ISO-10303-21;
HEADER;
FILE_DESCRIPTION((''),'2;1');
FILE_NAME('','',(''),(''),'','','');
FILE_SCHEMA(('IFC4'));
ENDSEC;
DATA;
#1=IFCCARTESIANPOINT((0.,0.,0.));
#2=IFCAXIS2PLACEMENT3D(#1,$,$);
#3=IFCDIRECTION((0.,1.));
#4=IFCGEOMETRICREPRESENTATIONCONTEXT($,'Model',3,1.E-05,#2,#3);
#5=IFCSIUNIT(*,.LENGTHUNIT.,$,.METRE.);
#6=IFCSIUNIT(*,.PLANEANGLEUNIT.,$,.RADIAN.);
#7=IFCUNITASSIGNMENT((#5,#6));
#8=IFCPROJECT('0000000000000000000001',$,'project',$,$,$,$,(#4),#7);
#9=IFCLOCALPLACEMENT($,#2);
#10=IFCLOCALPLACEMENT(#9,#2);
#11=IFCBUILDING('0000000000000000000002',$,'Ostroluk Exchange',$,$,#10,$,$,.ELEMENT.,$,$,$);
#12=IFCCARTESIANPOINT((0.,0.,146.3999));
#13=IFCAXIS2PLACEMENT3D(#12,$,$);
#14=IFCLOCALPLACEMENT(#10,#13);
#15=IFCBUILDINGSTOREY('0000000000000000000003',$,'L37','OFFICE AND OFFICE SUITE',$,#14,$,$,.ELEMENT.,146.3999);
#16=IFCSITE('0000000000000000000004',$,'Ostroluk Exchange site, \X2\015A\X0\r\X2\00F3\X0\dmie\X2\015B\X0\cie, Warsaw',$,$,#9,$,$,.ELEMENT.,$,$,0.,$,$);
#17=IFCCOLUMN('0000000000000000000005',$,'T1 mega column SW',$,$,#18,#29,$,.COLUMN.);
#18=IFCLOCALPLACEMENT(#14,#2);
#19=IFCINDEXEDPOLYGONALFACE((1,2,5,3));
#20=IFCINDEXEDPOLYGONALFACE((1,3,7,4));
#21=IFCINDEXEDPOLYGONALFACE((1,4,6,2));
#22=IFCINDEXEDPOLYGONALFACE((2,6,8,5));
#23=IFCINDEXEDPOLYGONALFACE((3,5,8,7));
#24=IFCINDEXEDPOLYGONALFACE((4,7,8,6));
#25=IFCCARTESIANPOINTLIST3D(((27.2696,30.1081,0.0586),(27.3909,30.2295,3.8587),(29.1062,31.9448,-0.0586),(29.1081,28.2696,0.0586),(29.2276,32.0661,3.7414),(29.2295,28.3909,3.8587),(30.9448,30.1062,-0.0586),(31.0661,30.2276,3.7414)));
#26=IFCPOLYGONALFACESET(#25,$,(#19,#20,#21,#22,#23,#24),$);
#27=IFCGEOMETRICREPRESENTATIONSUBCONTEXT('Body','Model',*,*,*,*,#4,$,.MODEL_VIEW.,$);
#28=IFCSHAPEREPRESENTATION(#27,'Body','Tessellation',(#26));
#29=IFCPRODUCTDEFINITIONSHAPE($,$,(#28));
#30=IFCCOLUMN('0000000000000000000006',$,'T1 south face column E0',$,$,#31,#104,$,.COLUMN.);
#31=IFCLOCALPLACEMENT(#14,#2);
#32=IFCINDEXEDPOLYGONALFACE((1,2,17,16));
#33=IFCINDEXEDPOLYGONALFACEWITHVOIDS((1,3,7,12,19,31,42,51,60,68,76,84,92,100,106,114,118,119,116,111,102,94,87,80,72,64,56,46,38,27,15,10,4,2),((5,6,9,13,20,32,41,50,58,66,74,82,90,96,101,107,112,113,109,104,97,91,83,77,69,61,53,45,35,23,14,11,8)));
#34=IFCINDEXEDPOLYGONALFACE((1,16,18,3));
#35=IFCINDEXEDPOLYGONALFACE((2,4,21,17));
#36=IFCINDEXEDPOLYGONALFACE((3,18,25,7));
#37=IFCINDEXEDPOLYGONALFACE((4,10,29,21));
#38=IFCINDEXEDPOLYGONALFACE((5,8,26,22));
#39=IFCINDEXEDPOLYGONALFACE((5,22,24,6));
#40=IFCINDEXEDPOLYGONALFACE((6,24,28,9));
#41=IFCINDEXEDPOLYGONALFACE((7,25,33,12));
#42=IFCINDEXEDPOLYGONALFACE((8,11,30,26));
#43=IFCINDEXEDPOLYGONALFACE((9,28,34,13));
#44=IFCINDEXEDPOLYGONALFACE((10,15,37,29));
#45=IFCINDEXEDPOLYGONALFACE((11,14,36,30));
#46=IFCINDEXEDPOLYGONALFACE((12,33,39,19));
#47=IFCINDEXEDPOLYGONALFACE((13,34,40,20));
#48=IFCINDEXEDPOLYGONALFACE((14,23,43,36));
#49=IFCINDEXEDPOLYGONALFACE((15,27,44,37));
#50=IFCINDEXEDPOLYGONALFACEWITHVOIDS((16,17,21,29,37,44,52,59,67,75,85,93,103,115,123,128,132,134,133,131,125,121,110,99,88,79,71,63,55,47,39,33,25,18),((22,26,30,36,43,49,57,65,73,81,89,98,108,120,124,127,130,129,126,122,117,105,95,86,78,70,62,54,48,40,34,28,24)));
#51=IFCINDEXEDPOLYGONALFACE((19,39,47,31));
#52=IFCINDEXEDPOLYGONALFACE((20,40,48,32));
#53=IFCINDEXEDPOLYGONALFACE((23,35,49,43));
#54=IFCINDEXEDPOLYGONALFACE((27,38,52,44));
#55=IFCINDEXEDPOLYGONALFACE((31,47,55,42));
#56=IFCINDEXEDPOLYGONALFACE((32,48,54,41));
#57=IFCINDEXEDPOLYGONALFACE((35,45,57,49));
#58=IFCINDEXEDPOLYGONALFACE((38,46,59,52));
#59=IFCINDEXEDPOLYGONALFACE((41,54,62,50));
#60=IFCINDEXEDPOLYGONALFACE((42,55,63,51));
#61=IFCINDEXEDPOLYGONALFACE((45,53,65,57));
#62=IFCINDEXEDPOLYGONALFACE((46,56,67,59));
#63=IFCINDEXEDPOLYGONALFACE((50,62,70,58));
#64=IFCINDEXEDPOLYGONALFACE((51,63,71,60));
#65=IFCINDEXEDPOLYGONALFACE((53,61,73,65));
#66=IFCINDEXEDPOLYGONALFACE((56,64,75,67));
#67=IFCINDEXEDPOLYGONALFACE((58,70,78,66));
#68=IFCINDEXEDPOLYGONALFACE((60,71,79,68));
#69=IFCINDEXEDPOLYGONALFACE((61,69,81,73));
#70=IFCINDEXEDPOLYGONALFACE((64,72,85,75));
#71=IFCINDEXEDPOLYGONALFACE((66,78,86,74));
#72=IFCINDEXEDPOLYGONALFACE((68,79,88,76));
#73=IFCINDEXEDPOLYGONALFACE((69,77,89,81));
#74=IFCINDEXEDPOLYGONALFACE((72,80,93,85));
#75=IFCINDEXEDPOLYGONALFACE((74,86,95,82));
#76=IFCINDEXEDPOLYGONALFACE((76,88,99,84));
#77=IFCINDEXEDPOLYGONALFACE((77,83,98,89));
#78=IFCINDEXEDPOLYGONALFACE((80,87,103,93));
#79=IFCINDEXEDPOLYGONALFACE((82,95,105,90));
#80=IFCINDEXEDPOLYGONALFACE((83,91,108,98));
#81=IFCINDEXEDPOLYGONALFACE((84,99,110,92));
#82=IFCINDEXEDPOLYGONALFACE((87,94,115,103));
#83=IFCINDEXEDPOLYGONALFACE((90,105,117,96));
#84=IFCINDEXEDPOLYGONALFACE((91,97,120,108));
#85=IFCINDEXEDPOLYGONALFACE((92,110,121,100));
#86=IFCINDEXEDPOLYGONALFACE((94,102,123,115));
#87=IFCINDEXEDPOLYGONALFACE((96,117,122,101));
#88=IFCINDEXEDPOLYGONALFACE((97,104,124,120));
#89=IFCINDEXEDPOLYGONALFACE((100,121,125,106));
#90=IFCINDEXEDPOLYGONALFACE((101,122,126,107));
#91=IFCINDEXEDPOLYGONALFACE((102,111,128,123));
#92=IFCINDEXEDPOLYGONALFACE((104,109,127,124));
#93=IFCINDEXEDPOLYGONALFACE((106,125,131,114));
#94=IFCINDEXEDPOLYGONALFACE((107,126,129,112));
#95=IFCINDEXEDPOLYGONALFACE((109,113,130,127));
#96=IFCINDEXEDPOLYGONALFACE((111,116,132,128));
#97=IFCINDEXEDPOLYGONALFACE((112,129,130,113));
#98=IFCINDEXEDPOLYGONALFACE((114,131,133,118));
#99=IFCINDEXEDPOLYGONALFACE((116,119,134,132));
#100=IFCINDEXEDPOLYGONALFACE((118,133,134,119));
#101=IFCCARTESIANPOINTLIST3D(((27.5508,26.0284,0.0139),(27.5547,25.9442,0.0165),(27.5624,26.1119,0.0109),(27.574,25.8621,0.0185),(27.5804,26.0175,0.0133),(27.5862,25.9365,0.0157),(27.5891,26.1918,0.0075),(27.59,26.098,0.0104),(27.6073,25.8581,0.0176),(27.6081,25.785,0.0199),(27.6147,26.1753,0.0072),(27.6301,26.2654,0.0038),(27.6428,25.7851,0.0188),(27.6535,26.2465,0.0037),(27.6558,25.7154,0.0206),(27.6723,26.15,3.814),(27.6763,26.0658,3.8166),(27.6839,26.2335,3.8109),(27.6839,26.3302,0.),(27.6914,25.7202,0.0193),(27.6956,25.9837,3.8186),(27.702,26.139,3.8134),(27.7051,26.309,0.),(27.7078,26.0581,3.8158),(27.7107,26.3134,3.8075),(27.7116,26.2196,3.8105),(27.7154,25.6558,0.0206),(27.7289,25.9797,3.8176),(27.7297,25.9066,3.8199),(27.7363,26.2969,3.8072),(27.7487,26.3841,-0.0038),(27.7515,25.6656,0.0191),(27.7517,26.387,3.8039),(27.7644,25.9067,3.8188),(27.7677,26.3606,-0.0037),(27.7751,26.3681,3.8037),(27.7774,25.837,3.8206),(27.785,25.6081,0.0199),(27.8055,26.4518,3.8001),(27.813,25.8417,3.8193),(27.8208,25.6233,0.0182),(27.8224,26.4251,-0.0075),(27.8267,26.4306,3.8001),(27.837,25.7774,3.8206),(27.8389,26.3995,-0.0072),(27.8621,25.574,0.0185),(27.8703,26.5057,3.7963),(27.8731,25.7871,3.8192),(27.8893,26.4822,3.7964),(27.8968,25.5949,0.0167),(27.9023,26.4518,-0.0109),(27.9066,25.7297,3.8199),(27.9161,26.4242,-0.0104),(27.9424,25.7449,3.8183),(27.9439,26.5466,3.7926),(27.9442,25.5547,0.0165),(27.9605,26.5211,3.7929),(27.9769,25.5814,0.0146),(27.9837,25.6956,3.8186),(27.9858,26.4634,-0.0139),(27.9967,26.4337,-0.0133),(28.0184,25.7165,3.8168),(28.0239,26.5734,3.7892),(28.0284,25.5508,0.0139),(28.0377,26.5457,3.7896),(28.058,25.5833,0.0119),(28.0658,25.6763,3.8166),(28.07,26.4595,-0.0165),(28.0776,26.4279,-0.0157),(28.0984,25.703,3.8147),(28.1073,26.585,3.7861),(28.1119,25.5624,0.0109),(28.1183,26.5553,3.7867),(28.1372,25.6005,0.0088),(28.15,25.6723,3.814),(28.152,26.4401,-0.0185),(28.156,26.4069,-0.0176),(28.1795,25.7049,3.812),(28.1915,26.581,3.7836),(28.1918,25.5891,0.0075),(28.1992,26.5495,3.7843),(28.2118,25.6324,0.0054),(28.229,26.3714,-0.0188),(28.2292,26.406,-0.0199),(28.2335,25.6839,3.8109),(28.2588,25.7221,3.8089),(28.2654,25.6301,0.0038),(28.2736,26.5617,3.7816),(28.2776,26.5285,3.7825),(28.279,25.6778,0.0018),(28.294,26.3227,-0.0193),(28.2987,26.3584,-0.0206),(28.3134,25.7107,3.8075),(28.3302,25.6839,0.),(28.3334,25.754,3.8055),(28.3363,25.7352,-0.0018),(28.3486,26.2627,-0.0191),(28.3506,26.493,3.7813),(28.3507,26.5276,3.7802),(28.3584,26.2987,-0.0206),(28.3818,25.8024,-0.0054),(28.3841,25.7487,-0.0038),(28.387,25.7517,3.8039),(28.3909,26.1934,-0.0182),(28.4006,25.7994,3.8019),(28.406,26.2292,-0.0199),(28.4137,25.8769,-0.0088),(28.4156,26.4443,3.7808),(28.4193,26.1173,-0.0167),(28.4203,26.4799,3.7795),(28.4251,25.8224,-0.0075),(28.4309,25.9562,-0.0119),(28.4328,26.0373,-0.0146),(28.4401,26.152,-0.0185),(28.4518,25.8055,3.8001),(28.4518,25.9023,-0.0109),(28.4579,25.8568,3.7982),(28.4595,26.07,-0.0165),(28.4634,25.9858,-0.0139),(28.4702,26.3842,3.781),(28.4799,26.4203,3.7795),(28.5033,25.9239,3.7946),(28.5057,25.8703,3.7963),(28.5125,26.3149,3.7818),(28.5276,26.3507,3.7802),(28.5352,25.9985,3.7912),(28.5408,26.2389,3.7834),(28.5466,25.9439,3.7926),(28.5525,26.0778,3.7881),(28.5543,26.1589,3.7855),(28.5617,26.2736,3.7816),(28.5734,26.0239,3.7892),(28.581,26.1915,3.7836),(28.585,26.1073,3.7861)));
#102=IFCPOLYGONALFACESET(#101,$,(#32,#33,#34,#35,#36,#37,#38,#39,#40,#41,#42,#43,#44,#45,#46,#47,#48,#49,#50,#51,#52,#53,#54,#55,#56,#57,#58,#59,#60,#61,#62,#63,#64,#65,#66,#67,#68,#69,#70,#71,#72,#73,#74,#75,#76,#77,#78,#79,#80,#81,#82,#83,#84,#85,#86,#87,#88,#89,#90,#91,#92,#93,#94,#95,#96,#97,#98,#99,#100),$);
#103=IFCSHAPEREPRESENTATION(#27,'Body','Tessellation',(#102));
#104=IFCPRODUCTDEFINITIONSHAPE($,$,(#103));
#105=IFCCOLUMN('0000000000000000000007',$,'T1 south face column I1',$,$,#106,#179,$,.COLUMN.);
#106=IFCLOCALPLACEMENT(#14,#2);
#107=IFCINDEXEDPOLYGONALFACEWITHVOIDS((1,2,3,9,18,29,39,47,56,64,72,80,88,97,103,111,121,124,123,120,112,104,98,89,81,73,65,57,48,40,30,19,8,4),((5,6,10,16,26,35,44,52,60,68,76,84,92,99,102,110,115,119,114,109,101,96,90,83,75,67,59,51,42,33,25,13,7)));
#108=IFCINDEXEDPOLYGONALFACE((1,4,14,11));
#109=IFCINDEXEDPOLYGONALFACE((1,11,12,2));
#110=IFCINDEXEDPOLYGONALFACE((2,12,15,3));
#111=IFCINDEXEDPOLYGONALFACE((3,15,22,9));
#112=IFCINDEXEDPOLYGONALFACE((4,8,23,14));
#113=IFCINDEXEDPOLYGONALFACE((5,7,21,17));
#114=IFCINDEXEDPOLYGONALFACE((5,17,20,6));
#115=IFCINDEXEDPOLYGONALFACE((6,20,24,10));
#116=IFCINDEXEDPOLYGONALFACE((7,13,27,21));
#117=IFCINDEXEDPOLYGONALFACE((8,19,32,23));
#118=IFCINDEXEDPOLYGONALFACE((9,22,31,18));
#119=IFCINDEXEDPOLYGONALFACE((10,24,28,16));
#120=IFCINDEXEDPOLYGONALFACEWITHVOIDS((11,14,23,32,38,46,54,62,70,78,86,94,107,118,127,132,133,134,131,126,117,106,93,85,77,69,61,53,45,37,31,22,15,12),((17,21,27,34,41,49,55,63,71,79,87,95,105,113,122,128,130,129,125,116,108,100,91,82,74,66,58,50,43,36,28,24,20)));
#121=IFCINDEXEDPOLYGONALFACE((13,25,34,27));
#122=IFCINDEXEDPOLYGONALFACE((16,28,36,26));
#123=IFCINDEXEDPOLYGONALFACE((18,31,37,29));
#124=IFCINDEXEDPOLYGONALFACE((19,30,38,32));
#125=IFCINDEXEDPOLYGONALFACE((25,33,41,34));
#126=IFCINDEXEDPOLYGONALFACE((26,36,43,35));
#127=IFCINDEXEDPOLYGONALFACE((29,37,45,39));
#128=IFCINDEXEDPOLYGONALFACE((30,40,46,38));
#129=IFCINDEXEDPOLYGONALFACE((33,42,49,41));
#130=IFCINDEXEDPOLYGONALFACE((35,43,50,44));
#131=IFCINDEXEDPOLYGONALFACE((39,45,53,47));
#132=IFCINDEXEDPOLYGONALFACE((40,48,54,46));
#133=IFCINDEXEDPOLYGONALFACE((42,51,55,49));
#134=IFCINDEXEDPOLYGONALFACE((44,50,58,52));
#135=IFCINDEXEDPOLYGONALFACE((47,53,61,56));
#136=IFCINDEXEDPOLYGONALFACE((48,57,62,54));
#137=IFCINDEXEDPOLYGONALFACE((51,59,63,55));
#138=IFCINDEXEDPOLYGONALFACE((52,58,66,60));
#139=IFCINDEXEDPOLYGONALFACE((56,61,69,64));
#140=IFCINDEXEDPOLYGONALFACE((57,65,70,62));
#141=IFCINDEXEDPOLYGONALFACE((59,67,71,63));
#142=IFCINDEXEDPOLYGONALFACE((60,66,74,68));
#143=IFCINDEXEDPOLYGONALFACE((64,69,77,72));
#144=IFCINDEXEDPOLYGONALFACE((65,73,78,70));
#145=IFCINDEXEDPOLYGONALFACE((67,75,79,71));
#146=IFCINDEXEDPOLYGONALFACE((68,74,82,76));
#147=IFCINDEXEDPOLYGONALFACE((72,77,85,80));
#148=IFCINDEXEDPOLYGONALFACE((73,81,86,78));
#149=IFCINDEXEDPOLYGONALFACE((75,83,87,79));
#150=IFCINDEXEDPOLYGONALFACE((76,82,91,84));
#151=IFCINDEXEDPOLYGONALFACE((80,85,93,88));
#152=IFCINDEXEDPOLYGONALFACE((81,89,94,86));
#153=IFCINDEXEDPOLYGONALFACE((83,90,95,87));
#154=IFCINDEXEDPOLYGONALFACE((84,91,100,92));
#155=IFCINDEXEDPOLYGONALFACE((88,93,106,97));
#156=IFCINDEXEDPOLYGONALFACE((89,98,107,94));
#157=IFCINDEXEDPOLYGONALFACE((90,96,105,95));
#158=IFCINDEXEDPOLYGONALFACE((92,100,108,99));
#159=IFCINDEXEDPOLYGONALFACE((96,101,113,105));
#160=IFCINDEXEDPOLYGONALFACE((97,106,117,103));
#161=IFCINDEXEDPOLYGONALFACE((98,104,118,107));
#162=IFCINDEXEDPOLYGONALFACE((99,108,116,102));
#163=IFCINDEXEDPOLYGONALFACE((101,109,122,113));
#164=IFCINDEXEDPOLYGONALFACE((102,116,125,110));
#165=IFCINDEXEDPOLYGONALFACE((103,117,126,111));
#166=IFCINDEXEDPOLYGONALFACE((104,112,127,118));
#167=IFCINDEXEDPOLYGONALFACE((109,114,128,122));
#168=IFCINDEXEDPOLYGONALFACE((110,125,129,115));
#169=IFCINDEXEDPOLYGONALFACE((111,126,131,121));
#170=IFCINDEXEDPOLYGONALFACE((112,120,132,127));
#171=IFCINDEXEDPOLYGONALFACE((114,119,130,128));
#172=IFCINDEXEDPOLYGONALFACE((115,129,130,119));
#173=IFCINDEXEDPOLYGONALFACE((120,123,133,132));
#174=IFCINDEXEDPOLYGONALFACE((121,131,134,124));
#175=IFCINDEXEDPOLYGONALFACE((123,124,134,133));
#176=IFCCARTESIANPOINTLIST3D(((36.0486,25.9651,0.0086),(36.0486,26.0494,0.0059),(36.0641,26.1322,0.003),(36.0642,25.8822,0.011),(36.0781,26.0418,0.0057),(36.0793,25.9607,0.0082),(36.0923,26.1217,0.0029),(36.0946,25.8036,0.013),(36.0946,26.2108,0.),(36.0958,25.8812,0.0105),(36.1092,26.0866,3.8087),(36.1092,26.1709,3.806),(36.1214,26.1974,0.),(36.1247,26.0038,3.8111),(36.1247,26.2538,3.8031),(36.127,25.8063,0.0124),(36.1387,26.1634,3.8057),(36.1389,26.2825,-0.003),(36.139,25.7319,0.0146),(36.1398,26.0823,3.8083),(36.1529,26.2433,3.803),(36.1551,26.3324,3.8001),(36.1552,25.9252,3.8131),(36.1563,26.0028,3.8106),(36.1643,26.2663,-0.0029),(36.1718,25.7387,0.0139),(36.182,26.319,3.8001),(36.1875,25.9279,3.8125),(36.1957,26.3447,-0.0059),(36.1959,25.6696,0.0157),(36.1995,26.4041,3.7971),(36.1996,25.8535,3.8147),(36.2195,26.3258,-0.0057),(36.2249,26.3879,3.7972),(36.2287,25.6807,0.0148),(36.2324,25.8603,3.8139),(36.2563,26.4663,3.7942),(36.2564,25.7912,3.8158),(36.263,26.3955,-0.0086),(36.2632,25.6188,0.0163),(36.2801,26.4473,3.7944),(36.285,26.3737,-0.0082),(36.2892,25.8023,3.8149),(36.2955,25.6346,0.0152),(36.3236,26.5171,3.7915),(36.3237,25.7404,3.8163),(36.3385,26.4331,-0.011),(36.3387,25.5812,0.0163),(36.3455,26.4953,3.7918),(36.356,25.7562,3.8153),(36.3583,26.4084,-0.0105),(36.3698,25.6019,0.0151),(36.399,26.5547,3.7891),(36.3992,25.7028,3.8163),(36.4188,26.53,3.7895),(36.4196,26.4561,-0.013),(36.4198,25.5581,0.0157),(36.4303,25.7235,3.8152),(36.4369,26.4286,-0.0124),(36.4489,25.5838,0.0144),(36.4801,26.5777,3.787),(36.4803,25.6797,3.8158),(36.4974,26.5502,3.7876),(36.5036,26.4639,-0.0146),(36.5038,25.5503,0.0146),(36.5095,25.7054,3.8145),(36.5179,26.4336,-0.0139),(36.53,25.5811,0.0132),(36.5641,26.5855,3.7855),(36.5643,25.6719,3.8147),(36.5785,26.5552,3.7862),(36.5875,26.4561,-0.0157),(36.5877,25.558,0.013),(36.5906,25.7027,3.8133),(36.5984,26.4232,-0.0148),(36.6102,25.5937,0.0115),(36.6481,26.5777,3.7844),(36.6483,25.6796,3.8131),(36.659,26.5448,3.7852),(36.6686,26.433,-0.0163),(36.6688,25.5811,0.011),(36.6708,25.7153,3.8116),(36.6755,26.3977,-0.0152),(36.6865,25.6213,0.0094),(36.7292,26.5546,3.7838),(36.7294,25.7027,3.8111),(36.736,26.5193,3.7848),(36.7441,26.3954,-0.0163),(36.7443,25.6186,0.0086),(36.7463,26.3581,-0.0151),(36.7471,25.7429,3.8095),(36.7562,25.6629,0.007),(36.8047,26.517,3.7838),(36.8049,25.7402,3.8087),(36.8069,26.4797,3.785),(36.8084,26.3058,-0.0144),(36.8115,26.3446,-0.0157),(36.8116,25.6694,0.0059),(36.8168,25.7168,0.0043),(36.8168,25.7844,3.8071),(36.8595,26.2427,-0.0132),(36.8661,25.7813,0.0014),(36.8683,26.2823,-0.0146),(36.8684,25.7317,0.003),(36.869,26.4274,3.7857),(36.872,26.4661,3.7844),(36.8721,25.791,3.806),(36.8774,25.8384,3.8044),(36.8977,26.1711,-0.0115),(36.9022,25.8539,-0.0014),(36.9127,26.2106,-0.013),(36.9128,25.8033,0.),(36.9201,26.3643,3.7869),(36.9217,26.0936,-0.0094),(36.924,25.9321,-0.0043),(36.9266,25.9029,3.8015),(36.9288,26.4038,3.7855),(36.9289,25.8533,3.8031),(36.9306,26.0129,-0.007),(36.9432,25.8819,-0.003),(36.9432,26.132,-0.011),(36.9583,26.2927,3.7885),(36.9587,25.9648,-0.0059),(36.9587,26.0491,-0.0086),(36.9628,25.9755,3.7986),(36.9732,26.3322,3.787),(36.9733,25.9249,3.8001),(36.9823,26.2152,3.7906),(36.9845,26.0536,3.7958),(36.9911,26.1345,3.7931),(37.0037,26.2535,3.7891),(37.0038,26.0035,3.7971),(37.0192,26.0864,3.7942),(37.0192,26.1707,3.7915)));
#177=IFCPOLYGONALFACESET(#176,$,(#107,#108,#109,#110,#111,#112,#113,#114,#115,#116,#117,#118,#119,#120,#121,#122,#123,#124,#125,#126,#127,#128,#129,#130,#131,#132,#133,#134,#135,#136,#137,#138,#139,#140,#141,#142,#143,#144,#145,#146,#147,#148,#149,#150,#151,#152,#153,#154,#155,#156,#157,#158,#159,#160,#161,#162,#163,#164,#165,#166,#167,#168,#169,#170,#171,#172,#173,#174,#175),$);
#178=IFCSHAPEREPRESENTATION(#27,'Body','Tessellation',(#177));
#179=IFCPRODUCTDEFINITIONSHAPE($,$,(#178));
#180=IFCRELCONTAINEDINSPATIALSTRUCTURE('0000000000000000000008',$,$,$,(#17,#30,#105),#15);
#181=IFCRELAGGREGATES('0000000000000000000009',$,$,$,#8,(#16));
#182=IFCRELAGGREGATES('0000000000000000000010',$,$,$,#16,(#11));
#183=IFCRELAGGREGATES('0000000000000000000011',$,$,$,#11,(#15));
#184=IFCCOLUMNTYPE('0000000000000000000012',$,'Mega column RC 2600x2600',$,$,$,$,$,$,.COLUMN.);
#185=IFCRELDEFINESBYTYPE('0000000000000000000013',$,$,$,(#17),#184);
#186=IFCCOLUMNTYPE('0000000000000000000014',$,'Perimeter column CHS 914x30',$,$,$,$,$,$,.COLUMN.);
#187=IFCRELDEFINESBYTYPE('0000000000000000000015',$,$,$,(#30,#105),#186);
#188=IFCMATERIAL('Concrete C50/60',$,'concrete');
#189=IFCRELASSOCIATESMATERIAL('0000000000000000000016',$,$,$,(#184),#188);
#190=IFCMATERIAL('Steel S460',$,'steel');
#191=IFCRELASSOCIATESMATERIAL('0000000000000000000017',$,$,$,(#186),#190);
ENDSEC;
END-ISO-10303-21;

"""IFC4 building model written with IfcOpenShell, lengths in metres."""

from ifc_helpers import new_model, si_unit, direction, frame, origin, origin_2d, place, context, subcontext, project, spatial, rectangle, hollow_circle, extrude, material, material_profile, profile_set, type_object, element, save


model = new_model("IFC4")

# Units and contexts
model_context = context("Model", 3, precision=1e-05, world=origin(), true_north=direction((0.0, 1.0)))
body_context = subcontext(model_context, "Body", "Model", "MODEL_VIEW")
ifc_project = project(units=[si_unit("LENGTHUNIT", "METRE"), si_unit("PLANEANGLEUNIT", "RADIAN")], contexts=[model_context])

# Site, building, storey
site_placement = place(None, origin())
site = spatial("IfcSite", under=ifc_project, at=site_placement, Name="Ostroluk Exchange site, Śródmieście, Warsaw", CompositionType="ELEMENT", RefElevation=0.0)
building_placement = place(site_placement, origin())
building = spatial("IfcBuilding", under=site, at=building_placement, Name="Ostroluk Exchange", CompositionType="ELEMENT")
storey_placement = place(building_placement, frame((0.0, 0.0, 146.3999)))
storey = spatial("IfcBuildingStorey", under=building, at=storey_placement, Name="L37", Description="OFFICE AND OFFICE SUITE", CompositionType="ELEMENT", Elevation=146.3999)

# Columns
ifc_material_1 = material(Name="Concrete C50/60", Category="concrete")
ifc_material_profile_1 = material_profile(ifc_material_1, rectangle(XDim=2.6001, YDim=2.6001, at=origin_2d()), Name="RC 2600x2600")
ifc_profile_set_1 = profile_set([ifc_material_profile_1], Name="Concrete C50/60")
column_type_1 = type_object("IfcColumnType", Name="Mega column RC 2600x2600", PredefinedType="COLUMN", material=ifc_profile_set_1)
column_1_placement = place(storey_placement, frame((29.1072, 30.1072, 0.0), z_axis=(0.031898, 0.031898, 0.998982), x_axis=(-0.707107, 0.707107, 0.0)))
element("IfcColumn", 1, at=column_1_placement, inside=storey, type_object=column_type_1, Name="T1 mega column SW", PredefinedType="COLUMN", context=body_context, shape_type="SweptSolid", body=[
    extrude(rectangle(XDim=2.6001, YDim=2.6001, at=origin_2d()), origin(), (0.0, 0.0, 1.0), 3.804),
])
ifc_material_2 = material(Name="Steel S460", Category="steel")
ifc_material_profile_2 = material_profile(ifc_material_2, hollow_circle(Radius=0.457, WallThickness=0.03, at=origin_2d()), Name="CHS 914x30")
ifc_profile_set_2 = profile_set([ifc_material_profile_2], Name="Steel S460")
column_type_2 = type_object("IfcColumnType", Name="Perimeter column CHS 914x30", PredefinedType="COLUMN", material=ifc_profile_set_2)
column_2_placement = place(storey_placement, frame((28.0071, 26.0071, 0.0), z_axis=(0.031962, 0.031962, 0.998978), x_axis=(-0.707107, 0.707107, 0.0)))
element("IfcColumn", 2, at=column_2_placement, inside=storey, type_object=column_type_2, Name="T1 south face column E0", PredefinedType="COLUMN", context=body_context, shape_type="SweptSolid", body=[
    extrude(hollow_circle(Radius=0.457, WallThickness=0.03, at=origin_2d()), origin(), (0.0, 0.0, 1.0), 3.804),
])
column_3_placement = place(storey_placement, frame((36.5037, 26.0071, 0.0), z_axis=(0.015923, 0.031974, 0.999362), x_axis=(-0.895145, 0.445775, 0.0)))
element("IfcColumn", 3, at=column_3_placement, inside=storey, type_object=column_type_2, Name="T1 south face column I1", PredefinedType="COLUMN", context=body_context, shape_type="SweptSolid", body=[
    extrude(hollow_circle(Radius=0.457, WallThickness=0.03, at=origin_2d()), origin(), (0.0, 0.0, 1.0), 3.8025),
])

save(model, "model.ifc")
